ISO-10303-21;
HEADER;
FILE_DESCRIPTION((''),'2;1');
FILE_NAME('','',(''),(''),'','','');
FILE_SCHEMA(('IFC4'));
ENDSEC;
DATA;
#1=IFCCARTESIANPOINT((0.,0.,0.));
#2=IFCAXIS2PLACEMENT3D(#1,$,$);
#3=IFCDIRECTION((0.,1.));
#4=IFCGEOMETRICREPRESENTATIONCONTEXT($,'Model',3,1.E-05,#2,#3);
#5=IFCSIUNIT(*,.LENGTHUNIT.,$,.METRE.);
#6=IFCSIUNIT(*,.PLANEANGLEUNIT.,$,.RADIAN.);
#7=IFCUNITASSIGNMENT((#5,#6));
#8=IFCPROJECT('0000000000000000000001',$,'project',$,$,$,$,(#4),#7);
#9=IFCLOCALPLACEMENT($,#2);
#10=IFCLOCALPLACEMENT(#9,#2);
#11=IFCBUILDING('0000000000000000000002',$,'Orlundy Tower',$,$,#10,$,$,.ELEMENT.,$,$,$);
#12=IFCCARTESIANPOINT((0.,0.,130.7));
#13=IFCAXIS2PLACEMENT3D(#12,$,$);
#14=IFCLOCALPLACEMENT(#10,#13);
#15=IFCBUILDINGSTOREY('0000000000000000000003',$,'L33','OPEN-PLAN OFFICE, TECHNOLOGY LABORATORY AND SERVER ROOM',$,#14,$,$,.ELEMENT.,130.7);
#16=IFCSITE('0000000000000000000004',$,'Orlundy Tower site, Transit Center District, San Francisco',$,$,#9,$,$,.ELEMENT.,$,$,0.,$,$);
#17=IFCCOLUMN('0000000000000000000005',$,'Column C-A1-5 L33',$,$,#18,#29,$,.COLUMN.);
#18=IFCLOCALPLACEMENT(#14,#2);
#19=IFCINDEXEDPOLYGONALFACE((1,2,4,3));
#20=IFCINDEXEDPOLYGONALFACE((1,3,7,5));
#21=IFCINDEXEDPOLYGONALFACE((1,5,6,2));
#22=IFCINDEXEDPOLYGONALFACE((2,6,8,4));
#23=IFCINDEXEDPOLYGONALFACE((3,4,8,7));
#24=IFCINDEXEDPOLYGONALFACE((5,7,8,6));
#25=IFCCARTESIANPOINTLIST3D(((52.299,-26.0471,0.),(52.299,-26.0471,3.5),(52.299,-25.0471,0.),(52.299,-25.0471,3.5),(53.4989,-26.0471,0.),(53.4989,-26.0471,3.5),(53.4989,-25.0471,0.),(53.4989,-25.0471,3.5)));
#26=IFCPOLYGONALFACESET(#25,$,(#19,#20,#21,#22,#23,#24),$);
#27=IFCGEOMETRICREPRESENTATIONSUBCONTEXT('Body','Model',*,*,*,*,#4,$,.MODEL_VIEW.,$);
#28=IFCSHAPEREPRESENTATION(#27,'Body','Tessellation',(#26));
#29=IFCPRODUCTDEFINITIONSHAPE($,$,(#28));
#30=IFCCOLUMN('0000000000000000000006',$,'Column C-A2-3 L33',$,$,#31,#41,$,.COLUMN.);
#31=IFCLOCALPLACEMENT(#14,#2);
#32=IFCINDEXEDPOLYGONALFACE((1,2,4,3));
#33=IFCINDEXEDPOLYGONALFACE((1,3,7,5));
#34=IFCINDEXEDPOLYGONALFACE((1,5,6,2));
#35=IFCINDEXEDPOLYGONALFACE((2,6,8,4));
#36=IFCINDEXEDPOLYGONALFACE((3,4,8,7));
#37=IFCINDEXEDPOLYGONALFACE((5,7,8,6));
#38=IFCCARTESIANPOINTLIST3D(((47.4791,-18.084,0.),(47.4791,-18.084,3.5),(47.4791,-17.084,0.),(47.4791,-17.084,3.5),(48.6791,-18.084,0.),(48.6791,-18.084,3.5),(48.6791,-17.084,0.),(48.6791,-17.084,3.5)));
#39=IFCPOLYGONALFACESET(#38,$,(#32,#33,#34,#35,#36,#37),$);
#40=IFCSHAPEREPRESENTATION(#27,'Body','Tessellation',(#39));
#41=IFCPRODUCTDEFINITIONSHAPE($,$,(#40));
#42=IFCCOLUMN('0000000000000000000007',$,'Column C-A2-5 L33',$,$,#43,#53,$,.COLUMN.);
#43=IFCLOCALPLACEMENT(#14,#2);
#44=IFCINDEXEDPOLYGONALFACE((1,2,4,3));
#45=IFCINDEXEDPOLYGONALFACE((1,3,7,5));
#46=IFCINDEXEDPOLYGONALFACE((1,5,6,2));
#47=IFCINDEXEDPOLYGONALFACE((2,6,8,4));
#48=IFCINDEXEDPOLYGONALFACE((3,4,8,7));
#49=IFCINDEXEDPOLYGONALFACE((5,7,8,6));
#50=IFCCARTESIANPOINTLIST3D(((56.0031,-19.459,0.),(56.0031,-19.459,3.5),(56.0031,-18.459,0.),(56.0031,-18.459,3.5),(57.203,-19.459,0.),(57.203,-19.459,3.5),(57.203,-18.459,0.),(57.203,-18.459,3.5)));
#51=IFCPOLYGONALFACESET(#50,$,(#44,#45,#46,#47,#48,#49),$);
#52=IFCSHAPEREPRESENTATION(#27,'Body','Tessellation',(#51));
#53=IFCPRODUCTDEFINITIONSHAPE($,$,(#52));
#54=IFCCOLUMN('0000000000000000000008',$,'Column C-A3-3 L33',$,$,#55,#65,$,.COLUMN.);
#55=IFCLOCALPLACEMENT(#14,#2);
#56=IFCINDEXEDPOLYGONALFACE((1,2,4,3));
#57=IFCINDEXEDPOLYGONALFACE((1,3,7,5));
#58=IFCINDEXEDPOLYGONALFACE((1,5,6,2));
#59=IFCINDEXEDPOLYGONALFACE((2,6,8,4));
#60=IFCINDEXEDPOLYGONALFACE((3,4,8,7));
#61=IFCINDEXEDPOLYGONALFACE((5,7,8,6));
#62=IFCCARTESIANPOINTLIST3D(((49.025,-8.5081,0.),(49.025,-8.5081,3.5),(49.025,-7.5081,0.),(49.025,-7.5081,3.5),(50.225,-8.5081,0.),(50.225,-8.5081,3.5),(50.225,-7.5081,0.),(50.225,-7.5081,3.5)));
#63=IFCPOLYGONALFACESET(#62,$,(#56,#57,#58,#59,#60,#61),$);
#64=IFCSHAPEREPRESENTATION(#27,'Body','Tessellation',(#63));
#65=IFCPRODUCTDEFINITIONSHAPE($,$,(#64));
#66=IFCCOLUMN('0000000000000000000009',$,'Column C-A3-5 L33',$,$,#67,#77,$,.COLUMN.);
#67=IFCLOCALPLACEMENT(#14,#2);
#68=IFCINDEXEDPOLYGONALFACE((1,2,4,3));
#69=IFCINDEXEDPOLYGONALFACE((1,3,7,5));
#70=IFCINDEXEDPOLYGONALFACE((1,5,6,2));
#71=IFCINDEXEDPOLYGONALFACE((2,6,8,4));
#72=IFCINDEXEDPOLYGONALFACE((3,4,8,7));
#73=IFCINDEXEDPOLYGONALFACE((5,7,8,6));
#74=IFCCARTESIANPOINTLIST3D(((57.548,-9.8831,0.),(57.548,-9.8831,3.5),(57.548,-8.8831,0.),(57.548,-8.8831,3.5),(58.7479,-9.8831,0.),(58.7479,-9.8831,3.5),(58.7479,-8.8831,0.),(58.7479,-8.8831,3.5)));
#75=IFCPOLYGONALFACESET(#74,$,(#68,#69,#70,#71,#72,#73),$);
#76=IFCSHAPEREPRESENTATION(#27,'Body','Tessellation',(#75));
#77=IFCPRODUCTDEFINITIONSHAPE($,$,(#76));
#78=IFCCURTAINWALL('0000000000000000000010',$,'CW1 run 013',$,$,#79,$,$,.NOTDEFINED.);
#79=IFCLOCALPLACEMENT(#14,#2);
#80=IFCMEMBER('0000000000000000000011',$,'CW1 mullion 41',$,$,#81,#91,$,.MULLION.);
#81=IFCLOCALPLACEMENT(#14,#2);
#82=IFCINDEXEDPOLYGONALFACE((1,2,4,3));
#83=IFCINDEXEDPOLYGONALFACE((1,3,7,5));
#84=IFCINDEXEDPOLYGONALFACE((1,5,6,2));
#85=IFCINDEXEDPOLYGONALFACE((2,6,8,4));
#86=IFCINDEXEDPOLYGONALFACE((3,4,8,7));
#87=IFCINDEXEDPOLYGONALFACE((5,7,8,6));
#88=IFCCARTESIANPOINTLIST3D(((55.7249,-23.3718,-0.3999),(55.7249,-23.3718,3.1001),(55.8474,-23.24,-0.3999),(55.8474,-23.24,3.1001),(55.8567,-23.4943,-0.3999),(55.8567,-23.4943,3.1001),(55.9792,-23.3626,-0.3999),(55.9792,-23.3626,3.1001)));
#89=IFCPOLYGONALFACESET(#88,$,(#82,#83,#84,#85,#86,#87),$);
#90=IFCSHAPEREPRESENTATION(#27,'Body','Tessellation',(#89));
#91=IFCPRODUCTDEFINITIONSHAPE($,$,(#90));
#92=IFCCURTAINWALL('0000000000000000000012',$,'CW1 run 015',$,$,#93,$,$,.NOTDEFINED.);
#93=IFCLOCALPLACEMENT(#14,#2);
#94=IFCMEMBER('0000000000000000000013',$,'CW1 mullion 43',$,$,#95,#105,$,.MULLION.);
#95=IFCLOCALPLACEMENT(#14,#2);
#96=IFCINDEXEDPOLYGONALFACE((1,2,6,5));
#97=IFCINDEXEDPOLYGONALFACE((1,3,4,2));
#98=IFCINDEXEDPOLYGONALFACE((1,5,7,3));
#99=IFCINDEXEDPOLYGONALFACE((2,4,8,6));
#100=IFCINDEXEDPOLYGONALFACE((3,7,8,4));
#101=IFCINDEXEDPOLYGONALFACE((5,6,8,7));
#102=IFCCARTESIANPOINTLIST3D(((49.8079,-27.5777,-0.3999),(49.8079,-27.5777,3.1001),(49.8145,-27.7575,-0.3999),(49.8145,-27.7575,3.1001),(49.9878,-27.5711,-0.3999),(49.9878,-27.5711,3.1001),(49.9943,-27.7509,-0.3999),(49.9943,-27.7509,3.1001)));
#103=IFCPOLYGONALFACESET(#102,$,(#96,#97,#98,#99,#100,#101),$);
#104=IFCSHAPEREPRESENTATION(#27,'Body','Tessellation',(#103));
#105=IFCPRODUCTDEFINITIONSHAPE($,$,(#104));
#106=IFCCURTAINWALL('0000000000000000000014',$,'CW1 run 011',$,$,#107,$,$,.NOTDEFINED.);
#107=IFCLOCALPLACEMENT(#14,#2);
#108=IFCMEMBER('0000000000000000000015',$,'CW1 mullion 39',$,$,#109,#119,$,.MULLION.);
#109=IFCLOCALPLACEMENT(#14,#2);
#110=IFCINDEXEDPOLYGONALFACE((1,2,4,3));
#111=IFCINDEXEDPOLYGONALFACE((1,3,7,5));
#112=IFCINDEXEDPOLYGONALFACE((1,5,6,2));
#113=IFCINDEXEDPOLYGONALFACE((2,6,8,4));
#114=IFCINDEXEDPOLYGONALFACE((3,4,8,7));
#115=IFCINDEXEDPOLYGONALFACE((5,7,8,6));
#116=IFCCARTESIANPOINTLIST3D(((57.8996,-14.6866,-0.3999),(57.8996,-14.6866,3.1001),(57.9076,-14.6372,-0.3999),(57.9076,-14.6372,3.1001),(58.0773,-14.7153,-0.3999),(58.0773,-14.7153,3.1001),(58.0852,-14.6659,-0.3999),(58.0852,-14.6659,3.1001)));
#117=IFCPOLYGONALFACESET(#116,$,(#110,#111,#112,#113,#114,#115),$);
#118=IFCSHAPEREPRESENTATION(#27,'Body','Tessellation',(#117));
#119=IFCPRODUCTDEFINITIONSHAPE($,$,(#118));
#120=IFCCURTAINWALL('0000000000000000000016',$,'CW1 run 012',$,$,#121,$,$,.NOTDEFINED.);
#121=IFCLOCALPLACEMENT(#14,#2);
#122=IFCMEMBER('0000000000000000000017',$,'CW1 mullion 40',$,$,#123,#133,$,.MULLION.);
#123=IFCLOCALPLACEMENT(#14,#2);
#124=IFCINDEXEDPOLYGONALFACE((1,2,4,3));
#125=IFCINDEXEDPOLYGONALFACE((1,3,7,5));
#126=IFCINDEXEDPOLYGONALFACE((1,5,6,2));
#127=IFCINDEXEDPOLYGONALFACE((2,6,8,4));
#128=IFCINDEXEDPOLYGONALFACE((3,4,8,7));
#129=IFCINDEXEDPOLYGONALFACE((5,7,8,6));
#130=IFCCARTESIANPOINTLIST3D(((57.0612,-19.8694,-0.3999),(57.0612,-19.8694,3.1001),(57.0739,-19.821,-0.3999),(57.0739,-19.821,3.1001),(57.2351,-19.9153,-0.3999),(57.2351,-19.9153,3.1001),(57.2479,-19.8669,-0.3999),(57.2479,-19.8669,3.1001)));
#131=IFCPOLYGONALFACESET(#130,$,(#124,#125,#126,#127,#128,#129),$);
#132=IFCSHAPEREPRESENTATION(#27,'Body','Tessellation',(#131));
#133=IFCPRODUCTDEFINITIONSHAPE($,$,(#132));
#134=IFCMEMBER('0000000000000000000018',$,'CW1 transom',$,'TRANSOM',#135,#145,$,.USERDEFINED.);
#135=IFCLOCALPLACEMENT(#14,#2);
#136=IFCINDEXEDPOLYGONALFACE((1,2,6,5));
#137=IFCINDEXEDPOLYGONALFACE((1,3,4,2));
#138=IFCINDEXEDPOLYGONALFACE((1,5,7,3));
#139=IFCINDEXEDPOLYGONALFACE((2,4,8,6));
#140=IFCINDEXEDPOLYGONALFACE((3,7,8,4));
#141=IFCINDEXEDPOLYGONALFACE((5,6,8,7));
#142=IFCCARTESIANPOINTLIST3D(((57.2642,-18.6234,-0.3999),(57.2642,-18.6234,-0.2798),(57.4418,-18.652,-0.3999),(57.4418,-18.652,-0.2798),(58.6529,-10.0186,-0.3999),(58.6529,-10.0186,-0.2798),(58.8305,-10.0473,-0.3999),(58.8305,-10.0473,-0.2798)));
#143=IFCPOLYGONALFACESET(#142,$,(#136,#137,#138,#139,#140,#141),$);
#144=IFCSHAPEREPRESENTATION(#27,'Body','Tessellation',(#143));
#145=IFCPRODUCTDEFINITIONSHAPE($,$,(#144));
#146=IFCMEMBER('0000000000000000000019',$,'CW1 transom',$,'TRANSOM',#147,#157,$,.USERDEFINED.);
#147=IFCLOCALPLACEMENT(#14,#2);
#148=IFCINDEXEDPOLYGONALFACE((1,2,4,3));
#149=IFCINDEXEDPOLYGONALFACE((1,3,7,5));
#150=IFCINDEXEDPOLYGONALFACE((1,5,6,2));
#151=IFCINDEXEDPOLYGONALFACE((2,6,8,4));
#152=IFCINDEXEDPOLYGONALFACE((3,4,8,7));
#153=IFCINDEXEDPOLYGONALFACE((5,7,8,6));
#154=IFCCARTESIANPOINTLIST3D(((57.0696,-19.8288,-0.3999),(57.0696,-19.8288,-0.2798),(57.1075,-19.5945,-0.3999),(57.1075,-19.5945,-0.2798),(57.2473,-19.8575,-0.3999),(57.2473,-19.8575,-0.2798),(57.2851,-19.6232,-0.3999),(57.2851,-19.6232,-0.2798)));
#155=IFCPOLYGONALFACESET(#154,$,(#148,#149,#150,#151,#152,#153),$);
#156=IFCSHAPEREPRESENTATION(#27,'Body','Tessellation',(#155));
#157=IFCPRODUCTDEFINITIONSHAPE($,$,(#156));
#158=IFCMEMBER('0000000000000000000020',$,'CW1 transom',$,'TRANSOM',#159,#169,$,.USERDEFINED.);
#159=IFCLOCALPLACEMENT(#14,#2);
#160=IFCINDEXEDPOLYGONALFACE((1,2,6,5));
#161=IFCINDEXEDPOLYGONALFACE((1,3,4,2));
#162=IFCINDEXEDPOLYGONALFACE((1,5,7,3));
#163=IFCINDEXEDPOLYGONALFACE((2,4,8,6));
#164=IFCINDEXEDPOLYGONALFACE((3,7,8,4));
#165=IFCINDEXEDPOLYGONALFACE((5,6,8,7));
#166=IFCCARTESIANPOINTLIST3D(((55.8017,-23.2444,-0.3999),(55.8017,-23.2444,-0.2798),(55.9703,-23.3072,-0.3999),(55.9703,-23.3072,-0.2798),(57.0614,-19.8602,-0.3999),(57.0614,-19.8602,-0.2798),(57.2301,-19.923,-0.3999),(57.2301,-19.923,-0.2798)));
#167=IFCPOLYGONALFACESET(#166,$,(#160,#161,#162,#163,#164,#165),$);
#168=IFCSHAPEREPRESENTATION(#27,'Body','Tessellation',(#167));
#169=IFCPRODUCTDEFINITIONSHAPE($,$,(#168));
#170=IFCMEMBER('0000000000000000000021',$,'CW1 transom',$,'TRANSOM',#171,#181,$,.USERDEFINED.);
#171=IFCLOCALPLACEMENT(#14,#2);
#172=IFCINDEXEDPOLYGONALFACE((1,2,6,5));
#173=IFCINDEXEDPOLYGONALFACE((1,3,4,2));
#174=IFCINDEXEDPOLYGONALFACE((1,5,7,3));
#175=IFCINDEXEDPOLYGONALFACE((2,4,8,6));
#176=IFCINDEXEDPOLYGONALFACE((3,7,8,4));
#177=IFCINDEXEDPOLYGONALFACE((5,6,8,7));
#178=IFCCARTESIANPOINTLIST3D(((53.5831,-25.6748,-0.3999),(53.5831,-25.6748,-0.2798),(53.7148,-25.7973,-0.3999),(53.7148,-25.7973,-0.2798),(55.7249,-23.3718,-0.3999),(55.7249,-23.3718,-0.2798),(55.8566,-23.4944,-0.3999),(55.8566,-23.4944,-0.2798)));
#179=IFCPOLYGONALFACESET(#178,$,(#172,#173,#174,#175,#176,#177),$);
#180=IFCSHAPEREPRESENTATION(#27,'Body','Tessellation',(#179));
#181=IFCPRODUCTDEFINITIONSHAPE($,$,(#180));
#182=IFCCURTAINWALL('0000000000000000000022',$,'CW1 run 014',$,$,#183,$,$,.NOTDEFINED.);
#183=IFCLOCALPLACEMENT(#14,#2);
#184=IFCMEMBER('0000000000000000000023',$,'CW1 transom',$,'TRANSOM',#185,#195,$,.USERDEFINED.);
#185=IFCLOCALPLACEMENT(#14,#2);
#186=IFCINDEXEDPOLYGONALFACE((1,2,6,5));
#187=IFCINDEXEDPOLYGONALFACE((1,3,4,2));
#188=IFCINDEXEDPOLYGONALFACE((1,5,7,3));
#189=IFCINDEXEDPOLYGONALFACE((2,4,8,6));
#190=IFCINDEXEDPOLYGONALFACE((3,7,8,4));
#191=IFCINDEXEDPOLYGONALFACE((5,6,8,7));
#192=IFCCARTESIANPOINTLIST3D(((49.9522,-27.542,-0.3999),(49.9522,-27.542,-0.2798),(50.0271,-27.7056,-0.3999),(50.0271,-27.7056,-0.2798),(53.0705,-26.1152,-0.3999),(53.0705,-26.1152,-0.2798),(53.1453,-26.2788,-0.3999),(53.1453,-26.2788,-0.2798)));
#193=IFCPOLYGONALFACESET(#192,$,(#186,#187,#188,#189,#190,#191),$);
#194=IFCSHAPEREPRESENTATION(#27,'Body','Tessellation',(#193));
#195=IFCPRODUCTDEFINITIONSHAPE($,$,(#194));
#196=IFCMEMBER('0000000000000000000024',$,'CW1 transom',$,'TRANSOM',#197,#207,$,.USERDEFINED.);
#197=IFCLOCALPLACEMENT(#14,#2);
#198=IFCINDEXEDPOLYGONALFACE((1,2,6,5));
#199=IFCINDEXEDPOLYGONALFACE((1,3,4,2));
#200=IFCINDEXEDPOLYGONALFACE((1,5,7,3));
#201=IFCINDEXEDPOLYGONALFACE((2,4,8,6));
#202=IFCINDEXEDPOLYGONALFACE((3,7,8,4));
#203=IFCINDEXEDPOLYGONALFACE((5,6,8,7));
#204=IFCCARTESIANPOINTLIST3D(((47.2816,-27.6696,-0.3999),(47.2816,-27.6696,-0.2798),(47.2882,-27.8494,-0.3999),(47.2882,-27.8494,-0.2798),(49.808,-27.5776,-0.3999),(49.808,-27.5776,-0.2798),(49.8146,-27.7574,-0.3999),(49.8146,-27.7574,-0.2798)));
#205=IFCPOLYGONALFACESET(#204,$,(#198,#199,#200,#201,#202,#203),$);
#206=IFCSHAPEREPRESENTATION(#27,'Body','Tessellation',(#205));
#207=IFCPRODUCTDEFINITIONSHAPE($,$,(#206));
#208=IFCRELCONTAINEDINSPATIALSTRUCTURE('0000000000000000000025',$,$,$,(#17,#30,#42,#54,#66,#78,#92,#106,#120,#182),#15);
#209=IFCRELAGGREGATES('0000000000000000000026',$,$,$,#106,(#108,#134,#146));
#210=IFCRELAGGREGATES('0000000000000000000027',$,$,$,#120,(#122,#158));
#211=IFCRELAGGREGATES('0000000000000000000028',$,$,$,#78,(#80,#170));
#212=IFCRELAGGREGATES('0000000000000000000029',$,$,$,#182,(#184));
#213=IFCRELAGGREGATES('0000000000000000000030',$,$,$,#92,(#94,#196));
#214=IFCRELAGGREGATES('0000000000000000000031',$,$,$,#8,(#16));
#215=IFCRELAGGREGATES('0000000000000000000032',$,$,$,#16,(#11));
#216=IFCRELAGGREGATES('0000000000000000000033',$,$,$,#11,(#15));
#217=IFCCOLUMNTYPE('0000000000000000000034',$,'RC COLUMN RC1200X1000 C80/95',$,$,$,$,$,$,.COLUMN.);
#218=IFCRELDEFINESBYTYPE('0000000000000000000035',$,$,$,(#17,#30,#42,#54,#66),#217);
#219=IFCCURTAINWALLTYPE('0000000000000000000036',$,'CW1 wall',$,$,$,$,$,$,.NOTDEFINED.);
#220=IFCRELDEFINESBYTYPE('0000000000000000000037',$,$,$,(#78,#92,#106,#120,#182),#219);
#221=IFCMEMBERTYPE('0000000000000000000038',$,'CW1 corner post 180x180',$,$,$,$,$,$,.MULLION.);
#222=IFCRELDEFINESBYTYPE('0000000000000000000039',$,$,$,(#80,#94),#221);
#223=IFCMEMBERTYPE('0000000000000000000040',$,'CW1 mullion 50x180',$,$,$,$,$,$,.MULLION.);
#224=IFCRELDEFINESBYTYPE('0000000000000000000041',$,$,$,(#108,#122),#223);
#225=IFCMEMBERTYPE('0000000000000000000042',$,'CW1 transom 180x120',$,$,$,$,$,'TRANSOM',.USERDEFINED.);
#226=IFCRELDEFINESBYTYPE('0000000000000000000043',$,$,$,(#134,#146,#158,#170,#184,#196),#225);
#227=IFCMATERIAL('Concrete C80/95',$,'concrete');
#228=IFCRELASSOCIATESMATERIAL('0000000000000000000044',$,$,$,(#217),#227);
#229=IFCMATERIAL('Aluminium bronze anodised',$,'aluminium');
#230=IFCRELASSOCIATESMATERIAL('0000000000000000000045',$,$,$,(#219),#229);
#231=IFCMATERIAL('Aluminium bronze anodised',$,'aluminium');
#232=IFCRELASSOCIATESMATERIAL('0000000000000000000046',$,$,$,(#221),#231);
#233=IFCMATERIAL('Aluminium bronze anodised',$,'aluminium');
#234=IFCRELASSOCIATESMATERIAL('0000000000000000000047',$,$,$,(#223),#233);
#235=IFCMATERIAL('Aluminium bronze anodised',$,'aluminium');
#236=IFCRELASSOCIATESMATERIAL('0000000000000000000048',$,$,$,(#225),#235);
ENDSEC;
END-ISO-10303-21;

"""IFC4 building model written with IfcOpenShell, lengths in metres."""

from ifc_helpers import new_model, si_unit, direction, frame, origin, origin_2d, place, context, subcontext, project, spatial, rectangle, extrude, material, material_profile, profile_set, type_object, element, aggregate, save


model = new_model("IFC4")

# Units and contexts
model_context = context("Model", 3, precision=1e-05, world=origin(), true_north=direction((0.0, 1.0)))
body_context = subcontext(model_context, "Body", "Model", "MODEL_VIEW")
ifc_project = project(units=[si_unit("LENGTHUNIT", "METRE"), si_unit("PLANEANGLEUNIT", "RADIAN")], contexts=[model_context])

# Site, building, storey
site_placement = place(None, origin())
site = spatial("IfcSite", under=ifc_project, at=site_placement, Name="Orlundy Tower site, Transit Center District, San Francisco", CompositionType="ELEMENT", RefElevation=0.0)
building_placement = place(site_placement, origin())
building = spatial("IfcBuilding", under=site, at=building_placement, Name="Orlundy Tower", CompositionType="ELEMENT")
storey_placement = place(building_placement, frame((0.0, 0.0, 130.7)))
storey = spatial("IfcBuildingStorey", under=building, at=storey_placement, Name="L33", Description="OPEN-PLAN OFFICE, TECHNOLOGY LABORATORY AND SERVER ROOM", CompositionType="ELEMENT", Elevation=130.7)

# Columns
ifc_material_1 = material(Name="Concrete C80/95", Category="concrete")
ifc_material_profile_1 = material_profile(ifc_material_1, rectangle(XDim=1.2, YDim=1.0, at=origin_2d()), Name="RC1200X1000")
ifc_profile_set_1 = profile_set([ifc_material_profile_1], Name="Concrete C80/95")
column_type = type_object("IfcColumnType", Name="RC COLUMN RC1200X1000 C80/95", PredefinedType="COLUMN", material=ifc_profile_set_1)
for number, where, z_axis, x_axis, name in (
    (1, (52.8989, -25.5471, 0.0), (0.0, 0.0, 1.0), (1.0, 0.0, 0.0), "Column C-A1-5 L33"),
    (2, (48.0791, -17.584, 0.0), (0.0, 0.0, 1.0), (1.0, 0.0, 0.0), "Column C-A2-3 L33"),
    (3, (56.603, -18.959, 0.0), (0.0, 0.0, 1.0), (1.0, 0.0, 0.0), "Column C-A2-5 L33"),
    (4, (49.625, -8.0081, 0.0), (0.0, 0.0, 1.0), (1.0, 0.0, 0.0), "Column C-A3-3 L33"),
    (5, (58.1479, -9.3831, 0.0), (0.0, 0.0, 1.0), (1.0, 0.0, 0.0), "Column C-A3-5 L33"),
):
    element("IfcColumn", number, at=place(storey_placement, frame(where, z_axis=z_axis, x_axis=x_axis)), inside=storey, type_object=column_type, Name=name, PredefinedType="COLUMN", context=body_context, shape_type="SweptSolid", body=[
        extrude(rectangle(XDim=1.2, YDim=1.0, at=origin_2d()), origin(), (0.0, 0.0, 1.0), 3.5),
    ])

# Curtain walls, members
ifc_material_2 = material(Name="Aluminium bronze anodised", Category="aluminium")
curtain_wall_type = type_object("IfcCurtainWallType", Name="CW1 wall", PredefinedType="NOTDEFINED", material=ifc_material_2)
curtain_wall_1_placement = place(storey_placement, origin())
curtain_wall_1 = element("IfcCurtainWall", 6, at=curtain_wall_1_placement, inside=storey, type_object=curtain_wall_type, Name="CW1 run 013", PredefinedType="NOTDEFINED")
ifc_material_3 = material(Name="Aluminium bronze anodised", Category="aluminium")
ifc_material_profile_2 = material_profile(ifc_material_3, rectangle(XDim=0.1799, YDim=0.1799, at=origin_2d()), Name="CW1 corner post 180x180")
ifc_profile_set_2 = profile_set([ifc_material_profile_2], Name="Aluminium bronze anodised")
member_type_1 = type_object("IfcMemberType", Name="CW1 corner post 180x180", PredefinedType="MULLION", material=ifc_profile_set_2)
member_1_placement = place(storey_placement, frame((55.8521, -23.3672, -0.3999), z_axis=(0.0, 0.0, 1.0), x_axis=(0.732274, -0.68101, 0.0)))
member_1 = element("IfcMember", 7, at=member_1_placement, type_object=member_type_1, Name="CW1 mullion 41", PredefinedType="MULLION", context=body_context, shape_type="SweptSolid", body=[
    extrude(rectangle(XDim=0.1799, YDim=0.1799, at=origin_2d()), origin(), (0.0, 0.0, 1.0), 3.5),
])
curtain_wall_2_placement = place(storey_placement, origin())
curtain_wall_2 = element("IfcCurtainWall", 8, at=curtain_wall_2_placement, inside=storey, type_object=curtain_wall_type, Name="CW1 run 015", PredefinedType="NOTDEFINED")
member_2_placement = place(storey_placement, frame((49.9011, -27.6643, -0.3999), z_axis=(0.0, 0.0, 1.0), x_axis=(0.036413, -0.999337, 0.0)))
member_2 = element("IfcMember", 9, at=member_2_placement, type_object=member_type_1, Name="CW1 mullion 43", PredefinedType="MULLION", context=body_context, shape_type="SweptSolid", body=[
    extrude(rectangle(XDim=0.1799, YDim=0.1799, at=origin_2d()), origin(), (0.0, 0.0, 1.0), 3.5),
])
curtain_wall_3_placement = place(storey_placement, origin())
curtain_wall_3 = element("IfcCurtainWall", 10, at=curtain_wall_3_placement, inside=storey, type_object=curtain_wall_type, Name="CW1 run 011", PredefinedType="NOTDEFINED")
ifc_material_4 = material(Name="Aluminium bronze anodised", Category="aluminium")
ifc_material_profile_3 = material_profile(ifc_material_4, rectangle(XDim=0.1799, YDim=0.05, at=origin_2d()), Name="CW1 mullion 50x180")
ifc_profile_set_3 = profile_set([ifc_material_profile_3], Name="Aluminium bronze anodised")
member_type_2 = type_object("IfcMemberType", Name="CW1 mullion 50x180", PredefinedType="MULLION", material=ifc_profile_set_3)
member_3_placement = place(storey_placement, frame((57.9924, -14.6763, -0.3999), z_axis=(0.0, 0.0, 1.0), x_axis=(0.987225, -0.159331, 0.0)))
member_3 = element("IfcMember", 11, at=member_3_placement, type_object=member_type_2, Name="CW1 mullion 39", PredefinedType="MULLION", context=body_context, shape_type="SweptSolid", body=[
    extrude(rectangle(XDim=0.1799, YDim=0.05, at=origin_2d()), origin(), (0.0, 0.0, 1.0), 3.5),
])
curtain_wall_4_placement = place(storey_placement, origin())
curtain_wall_4 = element("IfcCurtainWall", 12, at=curtain_wall_4_placement, inside=storey, type_object=curtain_wall_type, Name="CW1 run 012", PredefinedType="NOTDEFINED")
member_4_placement = place(storey_placement, frame((57.1545, -19.8682, -0.3999), z_axis=(0.0, 0.0, 1.0), x_axis=(0.966861, -0.255302, 0.0)))
member_4 = element("IfcMember", 13, at=member_4_placement, type_object=member_type_2, Name="CW1 mullion 40", PredefinedType="MULLION", context=body_context, shape_type="SweptSolid", body=[
    extrude(rectangle(XDim=0.1799, YDim=0.05, at=origin_2d()), origin(), (0.0, 0.0, 1.0), 3.5),
])

# Members
ifc_material_5 = material(Name="Aluminium bronze anodised", Category="aluminium")
ifc_material_profile_4 = material_profile(ifc_material_5, rectangle(XDim=0.1799, YDim=0.1201, at=origin_2d()), Name="CW1 transom 180x120")
ifc_profile_set_4 = profile_set([ifc_material_profile_4], Name="Aluminium bronze anodised")
member_type_3 = type_object("IfcMemberType", Name="CW1 transom 180x120", ElementType="TRANSOM", PredefinedType="USERDEFINED", material=ifc_profile_set_4)
member_5_placement = place(storey_placement, frame((58.7417, -10.033, -0.3398), z_axis=(-0.159323, -0.987226, 0.0), x_axis=(0.987226, -0.159323, 0.0)))
member_5 = element("IfcMember", 14, at=member_5_placement, type_object=member_type_3, Name="CW1 transom", ObjectType="TRANSOM", PredefinedType="USERDEFINED", context=body_context, shape_type="SweptSolid", body=[
    extrude(rectangle(XDim=0.1799, YDim=0.1201, at=origin_2d()), origin(), (0.0, 0.0, 1.0), 8.7161),
])
member_6_placement = place(storey_placement, frame((57.1963, -19.6089, -0.3398), z_axis=(-0.159394, -0.987215, 0.0), x_axis=(0.987215, -0.159394, 0.0)))
member_6 = element("IfcMember", 15, at=member_6_placement, type_object=member_type_3, Name="CW1 transom", ObjectType="TRANSOM", PredefinedType="USERDEFINED", context=body_context, shape_type="SweptSolid", body=[
    extrude(rectangle(XDim=0.1799, YDim=0.1201, at=origin_2d()), origin(), (0.0, 0.0, 1.0), 0.2373),
])
member_7_placement = place(storey_placement, frame((57.1458, -19.8916, -0.3398), z_axis=(-0.348855, -0.937177, 0.0), x_axis=(0.937177, -0.348855, 0.0)))
member_7 = element("IfcMember", 16, at=member_7_placement, type_object=member_type_3, Name="CW1 transom", ObjectType="TRANSOM", PredefinedType="USERDEFINED", context=body_context, shape_type="SweptSolid", body=[
    extrude(rectangle(XDim=0.1799, YDim=0.1201, at=origin_2d()), origin(), (0.0, 0.0, 1.0), 3.6111),
])
member_8_placement = place(storey_placement, frame((55.7908, -23.4331, -0.3398), z_axis=(-0.681026, -0.73226, 0.0), x_axis=(0.73226, -0.681026, 0.0)))
member_8 = element("IfcMember", 17, at=member_8_placement, type_object=member_type_3, Name="CW1 transom", ObjectType="TRANSOM", PredefinedType="USERDEFINED", context=body_context, shape_type="SweptSolid", body=[
    extrude(rectangle(XDim=0.1799, YDim=0.1201, at=origin_2d()), origin(), (0.0, 0.0, 1.0), 3.145),
])

# Curtain wall, member
curtain_wall_5_placement = place(storey_placement, origin())
curtain_wall_5 = element("IfcCurtainWall", 18, at=curtain_wall_5_placement, inside=storey, type_object=curtain_wall_type, Name="CW1 run 014", PredefinedType="NOTDEFINED")
member_9_placement = place(storey_placement, frame((53.1079, -26.197, -0.3398), z_axis=(-0.90933, -0.416076, 0.0), x_axis=(0.416076, -0.90933, 0.0)))
member_9 = element("IfcMember", 19, at=member_9_placement, type_object=member_type_3, Name="CW1 transom", ObjectType="TRANSOM", PredefinedType="USERDEFINED", context=body_context, shape_type="SweptSolid", body=[
    extrude(rectangle(XDim=0.1799, YDim=0.1201, at=origin_2d()), origin(), (0.0, 0.0, 1.0), 3.4292),
])

# Member
member_10_placement = place(storey_placement, frame((49.8113, -27.6675, -0.3398), z_axis=(-0.999337, -0.036408, 0.0), x_axis=(0.036408, -0.999337, 0.0)))
member_10 = element("IfcMember", 20, at=member_10_placement, type_object=member_type_3, Name="CW1 transom", ObjectType="TRANSOM", PredefinedType="USERDEFINED", context=body_context, shape_type="SweptSolid", body=[
    extrude(rectangle(XDim=0.1799, YDim=0.1201, at=origin_2d()), origin(), (0.0, 0.0, 1.0), 2.5281),
])

aggregate(curtain_wall_3, [member_3, member_5, member_6])
aggregate(curtain_wall_4, [member_4, member_7])
aggregate(curtain_wall_1, [member_1, member_8])
aggregate(curtain_wall_5, [member_9])
aggregate(curtain_wall_2, [member_2, member_10])

save(model, "model.ifc")
